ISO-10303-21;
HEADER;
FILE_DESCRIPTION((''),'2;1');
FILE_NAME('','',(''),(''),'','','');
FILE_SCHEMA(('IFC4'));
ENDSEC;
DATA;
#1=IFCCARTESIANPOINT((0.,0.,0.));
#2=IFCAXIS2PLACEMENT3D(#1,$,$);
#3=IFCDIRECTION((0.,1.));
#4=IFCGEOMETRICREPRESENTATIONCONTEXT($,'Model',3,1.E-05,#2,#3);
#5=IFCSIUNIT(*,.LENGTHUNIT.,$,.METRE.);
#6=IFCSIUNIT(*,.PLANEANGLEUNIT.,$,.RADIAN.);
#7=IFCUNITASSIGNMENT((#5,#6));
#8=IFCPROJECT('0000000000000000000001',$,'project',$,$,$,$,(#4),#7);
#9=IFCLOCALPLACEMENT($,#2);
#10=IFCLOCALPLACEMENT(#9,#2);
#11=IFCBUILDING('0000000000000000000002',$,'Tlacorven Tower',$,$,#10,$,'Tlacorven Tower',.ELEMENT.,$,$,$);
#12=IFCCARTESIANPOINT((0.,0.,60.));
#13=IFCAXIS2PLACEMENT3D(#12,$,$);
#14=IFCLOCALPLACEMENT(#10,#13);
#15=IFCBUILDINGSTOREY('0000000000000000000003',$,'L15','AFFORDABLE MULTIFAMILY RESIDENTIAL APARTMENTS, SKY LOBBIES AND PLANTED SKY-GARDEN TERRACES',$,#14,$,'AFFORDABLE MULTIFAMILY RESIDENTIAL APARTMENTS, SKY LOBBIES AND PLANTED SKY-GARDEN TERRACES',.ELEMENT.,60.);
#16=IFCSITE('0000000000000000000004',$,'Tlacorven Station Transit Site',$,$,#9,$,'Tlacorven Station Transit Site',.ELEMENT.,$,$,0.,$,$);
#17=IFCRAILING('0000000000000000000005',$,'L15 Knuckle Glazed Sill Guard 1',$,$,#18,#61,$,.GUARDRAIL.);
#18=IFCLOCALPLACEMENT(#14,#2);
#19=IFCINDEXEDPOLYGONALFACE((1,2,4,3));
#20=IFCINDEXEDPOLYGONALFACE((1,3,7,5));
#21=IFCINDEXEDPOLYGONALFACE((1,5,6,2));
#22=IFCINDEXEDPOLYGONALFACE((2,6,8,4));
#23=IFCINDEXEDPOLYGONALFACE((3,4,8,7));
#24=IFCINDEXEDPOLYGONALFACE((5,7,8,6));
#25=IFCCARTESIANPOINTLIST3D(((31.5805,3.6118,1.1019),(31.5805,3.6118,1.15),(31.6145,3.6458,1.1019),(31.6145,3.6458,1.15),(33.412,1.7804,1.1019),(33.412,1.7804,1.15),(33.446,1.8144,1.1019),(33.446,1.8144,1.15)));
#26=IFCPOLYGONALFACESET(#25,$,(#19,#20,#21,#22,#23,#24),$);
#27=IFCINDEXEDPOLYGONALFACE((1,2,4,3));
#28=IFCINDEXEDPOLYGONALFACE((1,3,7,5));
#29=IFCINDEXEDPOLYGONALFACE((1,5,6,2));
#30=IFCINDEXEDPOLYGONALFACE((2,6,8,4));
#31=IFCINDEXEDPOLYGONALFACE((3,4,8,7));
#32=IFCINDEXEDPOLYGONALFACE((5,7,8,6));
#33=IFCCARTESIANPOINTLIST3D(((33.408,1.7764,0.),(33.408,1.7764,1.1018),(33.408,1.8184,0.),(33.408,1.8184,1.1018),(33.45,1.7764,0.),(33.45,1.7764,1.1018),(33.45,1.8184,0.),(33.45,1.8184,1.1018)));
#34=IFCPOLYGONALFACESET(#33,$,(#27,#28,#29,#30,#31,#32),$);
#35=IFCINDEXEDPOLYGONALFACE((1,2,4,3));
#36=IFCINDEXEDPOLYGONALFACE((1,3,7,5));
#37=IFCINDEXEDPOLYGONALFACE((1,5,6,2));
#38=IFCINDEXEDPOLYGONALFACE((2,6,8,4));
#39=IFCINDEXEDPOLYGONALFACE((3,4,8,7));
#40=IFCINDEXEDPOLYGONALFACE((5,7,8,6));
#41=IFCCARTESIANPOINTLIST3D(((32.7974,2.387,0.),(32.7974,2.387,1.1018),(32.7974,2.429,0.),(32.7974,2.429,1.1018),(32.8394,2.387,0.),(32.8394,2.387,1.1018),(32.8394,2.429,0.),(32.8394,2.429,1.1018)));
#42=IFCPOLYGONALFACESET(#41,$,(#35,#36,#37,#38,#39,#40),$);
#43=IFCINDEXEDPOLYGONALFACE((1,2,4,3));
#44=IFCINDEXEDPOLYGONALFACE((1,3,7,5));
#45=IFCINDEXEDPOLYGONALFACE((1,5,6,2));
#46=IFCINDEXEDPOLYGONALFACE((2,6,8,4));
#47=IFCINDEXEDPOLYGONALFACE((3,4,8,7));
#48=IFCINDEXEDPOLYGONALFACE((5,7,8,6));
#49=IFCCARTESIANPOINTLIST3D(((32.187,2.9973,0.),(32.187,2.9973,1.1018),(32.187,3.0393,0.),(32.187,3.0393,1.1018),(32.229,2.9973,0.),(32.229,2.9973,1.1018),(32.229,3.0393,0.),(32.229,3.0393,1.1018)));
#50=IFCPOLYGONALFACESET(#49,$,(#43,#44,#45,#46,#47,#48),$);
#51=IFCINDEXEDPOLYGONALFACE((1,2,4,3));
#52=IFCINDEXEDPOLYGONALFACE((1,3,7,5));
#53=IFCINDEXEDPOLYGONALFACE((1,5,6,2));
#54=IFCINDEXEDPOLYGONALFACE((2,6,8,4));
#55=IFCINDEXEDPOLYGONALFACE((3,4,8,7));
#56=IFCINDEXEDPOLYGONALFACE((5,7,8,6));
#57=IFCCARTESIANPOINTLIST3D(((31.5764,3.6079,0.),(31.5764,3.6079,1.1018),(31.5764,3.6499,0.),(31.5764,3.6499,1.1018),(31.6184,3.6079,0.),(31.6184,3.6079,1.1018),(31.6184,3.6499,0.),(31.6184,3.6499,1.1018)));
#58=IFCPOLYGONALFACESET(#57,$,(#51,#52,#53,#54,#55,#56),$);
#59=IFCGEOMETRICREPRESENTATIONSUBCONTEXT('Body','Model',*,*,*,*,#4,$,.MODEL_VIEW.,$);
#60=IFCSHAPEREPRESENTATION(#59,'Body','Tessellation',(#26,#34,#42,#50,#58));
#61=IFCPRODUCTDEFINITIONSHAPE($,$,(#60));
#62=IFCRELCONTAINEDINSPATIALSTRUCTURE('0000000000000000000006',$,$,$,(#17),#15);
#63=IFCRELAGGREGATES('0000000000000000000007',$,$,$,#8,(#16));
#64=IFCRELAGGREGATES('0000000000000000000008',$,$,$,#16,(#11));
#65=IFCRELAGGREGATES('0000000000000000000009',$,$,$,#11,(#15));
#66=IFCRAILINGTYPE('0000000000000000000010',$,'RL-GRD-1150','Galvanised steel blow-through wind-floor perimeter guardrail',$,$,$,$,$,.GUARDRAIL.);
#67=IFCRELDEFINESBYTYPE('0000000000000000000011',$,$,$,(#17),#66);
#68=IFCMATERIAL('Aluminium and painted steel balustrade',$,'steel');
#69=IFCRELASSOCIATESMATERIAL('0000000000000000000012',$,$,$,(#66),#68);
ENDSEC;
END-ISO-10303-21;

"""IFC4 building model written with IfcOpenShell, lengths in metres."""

from ifc_helpers import new_model, si_unit, direction, frame, origin, origin_2d, place, context, subcontext, project, spatial, rectangle, extrude, source, transform, mapped, material, type_object, element, save


model = new_model("IFC4")

# Units and contexts
model_context = context("Model", 3, precision=1e-05, world=origin(), true_north=direction((0.0, 1.0)))
body_context = subcontext(model_context, "Body", "Model", "MODEL_VIEW")
ifc_project = project(units=[si_unit("LENGTHUNIT", "METRE"), si_unit("PLANEANGLEUNIT", "RADIAN")], contexts=[model_context])

# Site, building, storey
site_placement = place(None, origin())
site = spatial("IfcSite", under=ifc_project, at=site_placement, Name="Tlacorven Station Transit Site", LongName="Tlacorven Station Transit Site", CompositionType="ELEMENT", RefElevation=0.0)
building_placement = place(site_placement, origin())
building = spatial("IfcBuilding", under=site, at=building_placement, Name="Tlacorven Tower", LongName="Tlacorven Tower", CompositionType="ELEMENT")
storey_placement = place(building_placement, frame((0.0, 0.0, 60.0)))
storey = spatial("IfcBuildingStorey", under=building, at=storey_placement, Name="L15", Description="AFFORDABLE MULTIFAMILY RESIDENTIAL APARTMENTS, SKY LOBBIES AND PLANTED SKY-GARDEN TERRACES", LongName="AFFORDABLE MULTIFAMILY RESIDENTIAL APARTMENTS, SKY LOBBIES AND PLANTED SKY-GARDEN TERRACES", CompositionType="ELEMENT", Elevation=60.0)

# Railing
ifc_material_1 = material(Name="Aluminium and painted steel balustrade", Category="steel")
railing_type = type_object("IfcRailingType", Name="RL-GRD-1150", Description="Galvanised steel blow-through wind-floor perimeter guardrail", PredefinedType="GUARDRAIL", material=ifc_material_1)
shared_shape_1 = source(origin(), body_context, "Body", "SweptSolid", [
    extrude(rectangle(XDim=0.0481, YDim=0.0481, at=origin_2d()), frame((0.0, 0.0, 1.126), z_axis=(-0.707107, 0.707107, 0.0), x_axis=(-0.707107, -0.707107, 0.0)), (0.0, 0.0, 1.0), 2.5901),
    extrude(rectangle(XDim=0.042, YDim=0.042, at=origin_2d()), origin(), (0.0, 0.0, 1.0), 1.1018),
    extrude(rectangle(XDim=0.042, YDim=0.042, at=origin_2d()), frame((-0.6106, 0.6106, 0.0)), (0.0, 0.0, 1.0), 1.1018),
    extrude(rectangle(XDim=0.042, YDim=0.042, at=origin_2d()), frame((-1.2209, 1.2209, 0.0)), (0.0, 0.0, 1.0), 1.1018),
    extrude(rectangle(XDim=0.042, YDim=0.042, at=origin_2d()), frame((-1.8315, 1.8315, 0.0)), (0.0, 0.0, 1.0), 1.1018),
])
railing_placement = place(storey_placement, frame((33.429, 1.7974, 0.0)))
element("IfcRailing", 1, at=railing_placement, inside=storey, type_object=railing_type, Name="L15 Knuckle Glazed Sill Guard 1", PredefinedType="GUARDRAIL", context=body_context, shape_type="MappedRepresentation", body=[
    mapped(shared_shape_1, transform((0.0, 0.0, 0.0), scale=1.0)),
])

save(model, "model.ifc")
